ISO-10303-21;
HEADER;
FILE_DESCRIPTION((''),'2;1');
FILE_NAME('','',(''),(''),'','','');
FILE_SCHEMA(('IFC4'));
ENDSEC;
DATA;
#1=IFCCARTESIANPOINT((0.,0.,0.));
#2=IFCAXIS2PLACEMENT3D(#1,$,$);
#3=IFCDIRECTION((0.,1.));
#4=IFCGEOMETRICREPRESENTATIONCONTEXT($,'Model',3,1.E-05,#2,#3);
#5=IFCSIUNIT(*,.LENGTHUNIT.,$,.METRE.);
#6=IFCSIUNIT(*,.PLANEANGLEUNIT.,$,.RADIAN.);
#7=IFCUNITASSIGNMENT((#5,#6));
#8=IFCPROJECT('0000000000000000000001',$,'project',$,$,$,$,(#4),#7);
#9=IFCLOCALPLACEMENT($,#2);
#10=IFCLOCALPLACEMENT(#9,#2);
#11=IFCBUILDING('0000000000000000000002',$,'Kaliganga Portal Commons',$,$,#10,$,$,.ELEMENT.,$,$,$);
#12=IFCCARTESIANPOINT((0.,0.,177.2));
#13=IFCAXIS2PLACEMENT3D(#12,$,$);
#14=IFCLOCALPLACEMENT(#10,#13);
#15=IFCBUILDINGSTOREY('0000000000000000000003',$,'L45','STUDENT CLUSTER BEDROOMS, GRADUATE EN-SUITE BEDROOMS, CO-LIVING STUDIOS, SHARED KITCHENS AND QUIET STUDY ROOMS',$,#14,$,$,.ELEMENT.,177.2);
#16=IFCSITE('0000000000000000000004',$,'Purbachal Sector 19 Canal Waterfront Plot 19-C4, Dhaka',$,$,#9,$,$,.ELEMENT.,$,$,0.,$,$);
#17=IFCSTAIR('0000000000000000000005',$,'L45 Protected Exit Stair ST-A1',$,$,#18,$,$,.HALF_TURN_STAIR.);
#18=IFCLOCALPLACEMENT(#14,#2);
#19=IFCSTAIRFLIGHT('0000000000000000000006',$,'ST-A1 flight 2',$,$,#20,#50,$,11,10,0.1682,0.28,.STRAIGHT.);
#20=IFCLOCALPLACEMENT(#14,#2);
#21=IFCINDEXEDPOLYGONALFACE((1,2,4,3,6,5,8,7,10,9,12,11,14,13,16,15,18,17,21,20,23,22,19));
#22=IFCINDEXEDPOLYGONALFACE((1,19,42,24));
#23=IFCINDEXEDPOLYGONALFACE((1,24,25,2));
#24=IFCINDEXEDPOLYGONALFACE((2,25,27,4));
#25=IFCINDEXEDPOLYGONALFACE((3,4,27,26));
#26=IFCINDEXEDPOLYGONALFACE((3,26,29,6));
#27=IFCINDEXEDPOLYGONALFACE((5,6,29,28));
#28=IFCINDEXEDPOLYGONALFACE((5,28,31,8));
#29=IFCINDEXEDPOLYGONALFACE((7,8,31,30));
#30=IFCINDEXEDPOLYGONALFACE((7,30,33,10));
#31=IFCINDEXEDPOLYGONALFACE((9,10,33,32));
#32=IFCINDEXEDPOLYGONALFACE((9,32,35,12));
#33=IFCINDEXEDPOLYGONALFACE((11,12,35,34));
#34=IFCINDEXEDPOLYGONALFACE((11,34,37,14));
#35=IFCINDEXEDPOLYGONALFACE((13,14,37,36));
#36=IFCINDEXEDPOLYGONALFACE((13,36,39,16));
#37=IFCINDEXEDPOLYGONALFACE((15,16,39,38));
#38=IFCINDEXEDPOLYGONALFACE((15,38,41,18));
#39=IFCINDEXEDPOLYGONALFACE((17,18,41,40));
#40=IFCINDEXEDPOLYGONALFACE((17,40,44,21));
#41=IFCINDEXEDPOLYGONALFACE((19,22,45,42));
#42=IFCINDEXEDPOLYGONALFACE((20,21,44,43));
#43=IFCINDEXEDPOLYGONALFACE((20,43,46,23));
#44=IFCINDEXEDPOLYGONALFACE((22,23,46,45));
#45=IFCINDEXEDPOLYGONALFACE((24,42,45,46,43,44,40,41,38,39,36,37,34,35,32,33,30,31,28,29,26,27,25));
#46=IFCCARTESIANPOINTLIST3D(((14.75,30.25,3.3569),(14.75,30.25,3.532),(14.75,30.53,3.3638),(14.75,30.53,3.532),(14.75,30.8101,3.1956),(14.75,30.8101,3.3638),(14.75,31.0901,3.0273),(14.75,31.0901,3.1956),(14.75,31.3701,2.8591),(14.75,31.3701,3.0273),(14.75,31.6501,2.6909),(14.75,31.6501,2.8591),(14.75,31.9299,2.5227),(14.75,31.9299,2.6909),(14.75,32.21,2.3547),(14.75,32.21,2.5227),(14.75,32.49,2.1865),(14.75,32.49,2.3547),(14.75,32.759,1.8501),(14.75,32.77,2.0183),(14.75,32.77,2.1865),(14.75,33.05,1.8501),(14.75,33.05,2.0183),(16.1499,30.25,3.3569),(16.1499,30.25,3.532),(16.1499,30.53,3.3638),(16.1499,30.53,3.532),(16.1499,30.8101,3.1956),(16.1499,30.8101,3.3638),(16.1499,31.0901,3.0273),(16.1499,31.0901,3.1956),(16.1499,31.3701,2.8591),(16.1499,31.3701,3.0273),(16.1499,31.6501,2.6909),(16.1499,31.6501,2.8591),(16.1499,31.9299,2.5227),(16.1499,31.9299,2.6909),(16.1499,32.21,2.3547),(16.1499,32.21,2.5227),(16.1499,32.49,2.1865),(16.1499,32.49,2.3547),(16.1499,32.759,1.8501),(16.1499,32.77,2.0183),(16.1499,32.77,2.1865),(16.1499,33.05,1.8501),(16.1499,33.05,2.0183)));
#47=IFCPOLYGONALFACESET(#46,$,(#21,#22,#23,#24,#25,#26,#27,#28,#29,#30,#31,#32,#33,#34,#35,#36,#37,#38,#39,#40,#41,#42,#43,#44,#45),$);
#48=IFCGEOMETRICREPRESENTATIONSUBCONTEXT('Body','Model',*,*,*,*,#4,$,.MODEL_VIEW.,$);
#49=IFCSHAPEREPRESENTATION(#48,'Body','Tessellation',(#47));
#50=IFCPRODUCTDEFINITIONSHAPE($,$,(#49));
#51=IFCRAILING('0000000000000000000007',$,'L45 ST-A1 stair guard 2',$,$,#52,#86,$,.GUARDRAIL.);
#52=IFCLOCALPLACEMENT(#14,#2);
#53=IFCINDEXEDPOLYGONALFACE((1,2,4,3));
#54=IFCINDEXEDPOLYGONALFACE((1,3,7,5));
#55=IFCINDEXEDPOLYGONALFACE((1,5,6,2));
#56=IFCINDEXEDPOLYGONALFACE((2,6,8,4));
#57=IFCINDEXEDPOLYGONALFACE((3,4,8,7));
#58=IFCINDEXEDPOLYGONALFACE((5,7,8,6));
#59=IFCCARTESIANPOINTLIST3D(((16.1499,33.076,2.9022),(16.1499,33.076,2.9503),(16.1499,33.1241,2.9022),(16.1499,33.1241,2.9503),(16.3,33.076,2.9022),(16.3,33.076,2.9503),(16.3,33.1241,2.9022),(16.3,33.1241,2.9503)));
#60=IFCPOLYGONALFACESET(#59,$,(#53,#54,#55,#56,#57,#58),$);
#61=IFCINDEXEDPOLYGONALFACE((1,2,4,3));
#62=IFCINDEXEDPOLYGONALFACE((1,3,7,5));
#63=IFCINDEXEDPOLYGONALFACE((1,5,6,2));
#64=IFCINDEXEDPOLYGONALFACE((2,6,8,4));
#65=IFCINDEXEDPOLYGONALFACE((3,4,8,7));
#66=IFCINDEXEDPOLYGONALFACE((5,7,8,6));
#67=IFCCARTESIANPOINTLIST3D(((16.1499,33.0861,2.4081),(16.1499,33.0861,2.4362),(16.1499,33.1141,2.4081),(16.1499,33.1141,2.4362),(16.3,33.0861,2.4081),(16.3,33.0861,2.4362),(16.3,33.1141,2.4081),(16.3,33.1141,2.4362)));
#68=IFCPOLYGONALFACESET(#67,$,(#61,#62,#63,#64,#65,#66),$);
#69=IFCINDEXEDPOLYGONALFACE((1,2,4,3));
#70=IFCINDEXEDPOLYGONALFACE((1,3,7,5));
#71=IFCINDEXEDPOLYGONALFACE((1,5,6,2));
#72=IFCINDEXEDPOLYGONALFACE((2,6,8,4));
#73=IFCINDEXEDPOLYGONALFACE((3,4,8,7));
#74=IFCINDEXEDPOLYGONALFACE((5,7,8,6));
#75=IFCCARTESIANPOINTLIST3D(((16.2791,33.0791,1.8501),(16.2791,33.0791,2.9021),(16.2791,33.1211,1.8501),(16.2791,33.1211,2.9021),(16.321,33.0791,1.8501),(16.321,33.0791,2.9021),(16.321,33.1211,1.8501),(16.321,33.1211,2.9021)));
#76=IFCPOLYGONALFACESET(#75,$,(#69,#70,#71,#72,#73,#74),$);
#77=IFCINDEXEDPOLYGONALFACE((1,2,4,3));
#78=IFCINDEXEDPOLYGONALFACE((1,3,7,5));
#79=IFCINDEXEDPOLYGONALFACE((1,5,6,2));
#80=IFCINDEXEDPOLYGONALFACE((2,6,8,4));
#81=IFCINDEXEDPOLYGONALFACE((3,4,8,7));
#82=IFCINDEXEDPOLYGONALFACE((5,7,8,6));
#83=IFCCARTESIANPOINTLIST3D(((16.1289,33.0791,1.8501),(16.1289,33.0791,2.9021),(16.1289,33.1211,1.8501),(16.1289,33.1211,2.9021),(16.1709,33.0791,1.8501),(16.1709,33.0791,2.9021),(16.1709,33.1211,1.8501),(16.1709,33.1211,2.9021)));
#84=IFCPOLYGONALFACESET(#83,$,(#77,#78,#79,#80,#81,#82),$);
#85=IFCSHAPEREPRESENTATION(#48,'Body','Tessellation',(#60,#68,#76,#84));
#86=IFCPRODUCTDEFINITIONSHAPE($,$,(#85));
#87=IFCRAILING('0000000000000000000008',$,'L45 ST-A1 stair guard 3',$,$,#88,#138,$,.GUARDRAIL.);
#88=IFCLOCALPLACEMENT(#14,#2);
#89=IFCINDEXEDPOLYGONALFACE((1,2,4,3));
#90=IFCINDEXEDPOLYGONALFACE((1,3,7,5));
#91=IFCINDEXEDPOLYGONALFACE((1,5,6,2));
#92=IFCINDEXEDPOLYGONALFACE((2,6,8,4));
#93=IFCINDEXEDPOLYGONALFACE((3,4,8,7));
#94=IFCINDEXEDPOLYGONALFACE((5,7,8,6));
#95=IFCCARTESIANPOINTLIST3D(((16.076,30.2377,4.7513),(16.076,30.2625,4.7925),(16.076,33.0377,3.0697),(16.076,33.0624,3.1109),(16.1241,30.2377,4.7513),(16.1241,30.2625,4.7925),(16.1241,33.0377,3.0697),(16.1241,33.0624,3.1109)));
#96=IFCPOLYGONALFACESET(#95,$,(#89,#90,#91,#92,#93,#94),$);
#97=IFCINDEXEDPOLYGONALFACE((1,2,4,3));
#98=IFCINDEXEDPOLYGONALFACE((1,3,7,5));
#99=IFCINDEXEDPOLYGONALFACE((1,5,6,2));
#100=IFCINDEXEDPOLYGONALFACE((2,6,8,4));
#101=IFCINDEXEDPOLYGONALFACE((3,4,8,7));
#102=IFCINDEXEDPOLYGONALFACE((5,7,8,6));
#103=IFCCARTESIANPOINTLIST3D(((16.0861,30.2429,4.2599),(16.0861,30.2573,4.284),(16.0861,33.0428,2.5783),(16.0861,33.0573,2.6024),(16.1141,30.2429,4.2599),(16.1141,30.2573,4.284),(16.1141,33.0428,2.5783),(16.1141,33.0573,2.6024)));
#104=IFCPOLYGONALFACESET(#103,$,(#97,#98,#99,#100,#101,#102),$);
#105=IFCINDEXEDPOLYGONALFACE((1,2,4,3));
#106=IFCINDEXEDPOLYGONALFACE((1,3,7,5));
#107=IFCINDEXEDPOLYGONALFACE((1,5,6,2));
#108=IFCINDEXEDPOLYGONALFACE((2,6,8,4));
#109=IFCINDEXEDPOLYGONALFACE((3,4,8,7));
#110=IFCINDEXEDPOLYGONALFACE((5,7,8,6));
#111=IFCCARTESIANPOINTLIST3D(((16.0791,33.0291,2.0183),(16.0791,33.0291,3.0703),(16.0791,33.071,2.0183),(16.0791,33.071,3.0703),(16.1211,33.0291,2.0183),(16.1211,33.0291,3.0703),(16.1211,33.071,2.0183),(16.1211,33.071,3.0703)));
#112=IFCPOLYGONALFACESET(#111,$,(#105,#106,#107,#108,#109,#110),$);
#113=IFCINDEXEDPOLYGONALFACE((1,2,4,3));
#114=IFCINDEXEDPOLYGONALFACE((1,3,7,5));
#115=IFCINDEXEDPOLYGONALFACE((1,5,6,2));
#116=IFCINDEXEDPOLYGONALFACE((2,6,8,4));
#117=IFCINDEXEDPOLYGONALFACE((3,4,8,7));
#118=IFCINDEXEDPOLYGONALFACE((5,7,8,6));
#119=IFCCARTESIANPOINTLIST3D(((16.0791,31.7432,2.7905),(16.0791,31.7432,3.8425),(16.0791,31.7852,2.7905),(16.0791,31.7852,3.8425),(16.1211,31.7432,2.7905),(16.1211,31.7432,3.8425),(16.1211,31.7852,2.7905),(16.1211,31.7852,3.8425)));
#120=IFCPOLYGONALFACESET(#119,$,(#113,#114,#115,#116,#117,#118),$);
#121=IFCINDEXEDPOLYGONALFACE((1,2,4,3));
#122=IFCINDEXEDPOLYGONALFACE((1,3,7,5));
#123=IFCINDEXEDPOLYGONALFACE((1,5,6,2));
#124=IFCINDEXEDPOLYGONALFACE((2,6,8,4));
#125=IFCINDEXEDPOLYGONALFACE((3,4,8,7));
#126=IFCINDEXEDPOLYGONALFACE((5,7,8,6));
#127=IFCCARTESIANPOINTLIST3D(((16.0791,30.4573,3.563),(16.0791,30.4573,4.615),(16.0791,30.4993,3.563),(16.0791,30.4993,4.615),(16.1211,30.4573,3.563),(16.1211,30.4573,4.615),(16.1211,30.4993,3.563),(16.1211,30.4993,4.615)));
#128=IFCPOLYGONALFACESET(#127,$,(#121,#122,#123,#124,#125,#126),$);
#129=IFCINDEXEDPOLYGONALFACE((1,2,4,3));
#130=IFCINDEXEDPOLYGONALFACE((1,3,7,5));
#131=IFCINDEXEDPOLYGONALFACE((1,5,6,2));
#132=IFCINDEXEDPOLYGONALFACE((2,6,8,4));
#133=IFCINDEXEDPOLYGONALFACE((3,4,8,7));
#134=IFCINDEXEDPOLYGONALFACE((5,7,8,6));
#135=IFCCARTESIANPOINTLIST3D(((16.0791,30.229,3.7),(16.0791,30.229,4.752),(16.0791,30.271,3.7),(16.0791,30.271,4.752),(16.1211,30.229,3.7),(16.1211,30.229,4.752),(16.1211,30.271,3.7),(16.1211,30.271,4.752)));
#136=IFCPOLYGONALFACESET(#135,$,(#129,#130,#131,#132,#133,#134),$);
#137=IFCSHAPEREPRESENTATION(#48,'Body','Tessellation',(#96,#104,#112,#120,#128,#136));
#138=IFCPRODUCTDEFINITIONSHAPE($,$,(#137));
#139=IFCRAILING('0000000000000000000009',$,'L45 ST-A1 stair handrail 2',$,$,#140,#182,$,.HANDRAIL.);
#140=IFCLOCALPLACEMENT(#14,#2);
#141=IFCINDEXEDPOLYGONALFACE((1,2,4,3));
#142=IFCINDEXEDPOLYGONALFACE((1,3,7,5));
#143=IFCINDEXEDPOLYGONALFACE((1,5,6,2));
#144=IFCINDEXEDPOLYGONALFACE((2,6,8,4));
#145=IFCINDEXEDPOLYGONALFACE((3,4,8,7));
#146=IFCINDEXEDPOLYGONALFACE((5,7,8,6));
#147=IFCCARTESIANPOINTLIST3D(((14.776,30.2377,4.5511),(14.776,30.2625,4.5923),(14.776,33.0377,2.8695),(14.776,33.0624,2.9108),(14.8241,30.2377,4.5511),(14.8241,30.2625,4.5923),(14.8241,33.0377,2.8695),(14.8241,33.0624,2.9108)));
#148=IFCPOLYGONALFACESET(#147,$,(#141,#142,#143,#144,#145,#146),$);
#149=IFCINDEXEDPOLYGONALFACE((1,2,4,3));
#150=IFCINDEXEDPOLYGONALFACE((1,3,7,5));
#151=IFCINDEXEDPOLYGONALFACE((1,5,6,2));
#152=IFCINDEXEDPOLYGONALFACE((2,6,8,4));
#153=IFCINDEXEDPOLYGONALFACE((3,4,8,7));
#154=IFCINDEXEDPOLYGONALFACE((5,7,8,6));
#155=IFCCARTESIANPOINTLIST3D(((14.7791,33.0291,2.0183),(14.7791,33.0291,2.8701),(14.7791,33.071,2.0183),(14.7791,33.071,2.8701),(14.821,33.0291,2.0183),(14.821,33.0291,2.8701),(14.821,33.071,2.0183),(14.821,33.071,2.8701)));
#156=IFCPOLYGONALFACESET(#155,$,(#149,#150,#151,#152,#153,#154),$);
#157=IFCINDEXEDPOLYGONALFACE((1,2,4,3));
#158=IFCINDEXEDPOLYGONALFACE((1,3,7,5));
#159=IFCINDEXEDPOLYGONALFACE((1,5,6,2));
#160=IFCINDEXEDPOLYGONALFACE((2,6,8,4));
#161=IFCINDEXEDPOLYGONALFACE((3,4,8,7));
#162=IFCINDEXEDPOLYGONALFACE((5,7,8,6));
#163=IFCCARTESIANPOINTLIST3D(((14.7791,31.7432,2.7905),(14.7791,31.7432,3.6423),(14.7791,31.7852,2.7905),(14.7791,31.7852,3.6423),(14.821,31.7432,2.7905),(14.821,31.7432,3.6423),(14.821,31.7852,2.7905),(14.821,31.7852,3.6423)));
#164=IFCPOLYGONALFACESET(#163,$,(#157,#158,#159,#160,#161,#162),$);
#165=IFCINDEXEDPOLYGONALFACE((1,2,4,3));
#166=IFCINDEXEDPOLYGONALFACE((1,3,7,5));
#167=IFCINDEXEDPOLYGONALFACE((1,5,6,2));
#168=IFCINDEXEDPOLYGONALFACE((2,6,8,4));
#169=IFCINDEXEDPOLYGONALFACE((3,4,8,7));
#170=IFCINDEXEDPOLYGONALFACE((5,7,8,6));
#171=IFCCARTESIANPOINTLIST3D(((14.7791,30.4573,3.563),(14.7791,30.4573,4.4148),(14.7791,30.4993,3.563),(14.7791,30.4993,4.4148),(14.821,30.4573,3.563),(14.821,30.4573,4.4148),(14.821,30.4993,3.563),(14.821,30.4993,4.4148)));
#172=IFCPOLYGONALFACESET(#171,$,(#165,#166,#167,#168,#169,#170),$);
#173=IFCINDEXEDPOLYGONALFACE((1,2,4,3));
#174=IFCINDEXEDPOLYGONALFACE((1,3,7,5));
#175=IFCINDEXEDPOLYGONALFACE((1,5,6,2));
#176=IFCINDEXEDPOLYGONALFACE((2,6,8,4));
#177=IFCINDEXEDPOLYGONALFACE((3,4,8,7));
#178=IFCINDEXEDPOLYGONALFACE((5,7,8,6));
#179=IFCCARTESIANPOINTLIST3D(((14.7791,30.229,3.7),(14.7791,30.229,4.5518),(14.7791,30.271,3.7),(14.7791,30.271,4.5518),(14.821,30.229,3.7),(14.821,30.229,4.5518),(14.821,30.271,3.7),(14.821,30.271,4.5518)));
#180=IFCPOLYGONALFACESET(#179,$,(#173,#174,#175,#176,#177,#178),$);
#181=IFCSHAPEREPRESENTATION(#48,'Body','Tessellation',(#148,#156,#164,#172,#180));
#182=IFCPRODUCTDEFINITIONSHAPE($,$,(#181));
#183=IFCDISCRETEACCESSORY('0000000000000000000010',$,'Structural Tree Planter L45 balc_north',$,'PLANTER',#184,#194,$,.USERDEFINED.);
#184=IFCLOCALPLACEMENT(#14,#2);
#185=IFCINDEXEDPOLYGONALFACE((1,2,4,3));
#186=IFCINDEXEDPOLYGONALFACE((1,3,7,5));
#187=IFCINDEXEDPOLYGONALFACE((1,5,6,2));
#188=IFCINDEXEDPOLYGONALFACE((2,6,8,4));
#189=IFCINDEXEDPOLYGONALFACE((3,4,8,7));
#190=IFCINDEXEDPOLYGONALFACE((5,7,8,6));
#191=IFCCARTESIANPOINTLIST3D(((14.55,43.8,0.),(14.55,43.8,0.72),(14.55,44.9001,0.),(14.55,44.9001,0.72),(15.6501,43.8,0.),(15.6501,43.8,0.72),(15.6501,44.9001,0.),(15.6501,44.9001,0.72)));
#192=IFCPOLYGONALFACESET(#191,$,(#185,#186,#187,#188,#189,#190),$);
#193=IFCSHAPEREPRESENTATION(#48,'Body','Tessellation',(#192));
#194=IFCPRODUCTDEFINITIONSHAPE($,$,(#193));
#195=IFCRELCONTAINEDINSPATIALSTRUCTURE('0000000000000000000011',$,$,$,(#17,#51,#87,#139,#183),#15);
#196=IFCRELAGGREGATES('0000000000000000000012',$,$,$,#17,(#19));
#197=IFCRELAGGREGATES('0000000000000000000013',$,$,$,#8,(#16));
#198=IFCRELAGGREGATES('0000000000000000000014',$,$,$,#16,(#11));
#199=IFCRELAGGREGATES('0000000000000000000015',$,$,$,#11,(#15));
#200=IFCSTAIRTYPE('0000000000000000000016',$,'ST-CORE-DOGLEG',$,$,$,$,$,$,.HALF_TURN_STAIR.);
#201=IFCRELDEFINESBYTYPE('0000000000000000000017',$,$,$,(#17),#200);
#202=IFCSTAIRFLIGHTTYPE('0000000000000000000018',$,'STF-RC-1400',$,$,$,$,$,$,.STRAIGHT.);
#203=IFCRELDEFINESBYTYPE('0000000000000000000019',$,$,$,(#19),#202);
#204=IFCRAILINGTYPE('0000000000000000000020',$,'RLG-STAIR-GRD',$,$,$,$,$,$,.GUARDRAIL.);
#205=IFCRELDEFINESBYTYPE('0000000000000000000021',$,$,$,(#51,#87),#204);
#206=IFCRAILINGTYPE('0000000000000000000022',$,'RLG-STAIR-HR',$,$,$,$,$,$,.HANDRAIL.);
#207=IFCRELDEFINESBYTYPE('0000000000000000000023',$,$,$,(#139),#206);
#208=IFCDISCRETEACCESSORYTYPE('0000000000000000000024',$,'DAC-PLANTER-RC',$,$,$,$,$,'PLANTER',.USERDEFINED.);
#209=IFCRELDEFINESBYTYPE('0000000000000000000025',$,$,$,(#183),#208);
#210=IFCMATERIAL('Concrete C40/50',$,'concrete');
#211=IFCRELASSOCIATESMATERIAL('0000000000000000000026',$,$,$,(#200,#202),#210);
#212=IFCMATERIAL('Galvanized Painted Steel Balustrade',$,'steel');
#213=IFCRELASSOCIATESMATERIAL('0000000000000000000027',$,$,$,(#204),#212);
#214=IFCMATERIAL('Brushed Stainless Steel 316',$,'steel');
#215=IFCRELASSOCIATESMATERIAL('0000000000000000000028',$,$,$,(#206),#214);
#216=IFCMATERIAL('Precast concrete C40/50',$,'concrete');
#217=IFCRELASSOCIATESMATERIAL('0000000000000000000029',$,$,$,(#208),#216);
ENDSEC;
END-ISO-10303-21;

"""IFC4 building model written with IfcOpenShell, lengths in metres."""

from ifc_helpers import new_model, si_unit, direction, frame, origin, origin_2d, place, context, subcontext, project, spatial, polyline, rectangle, outline, extrude, source, transform, mapped, material, type_object, element, aggregate, save


model = new_model("IFC4")

# Units and contexts
model_context = context("Model", 3, precision=1e-05, world=origin(), true_north=direction((0.0, 1.0)))
body_context = subcontext(model_context, "Body", "Model", "MODEL_VIEW")
ifc_project = project(units=[si_unit("LENGTHUNIT", "METRE"), si_unit("PLANEANGLEUNIT", "RADIAN")], contexts=[model_context])

# Site, building, storey
site_placement = place(None, origin())
site = spatial("IfcSite", under=ifc_project, at=site_placement, Name="Purbachal Sector 19 Canal Waterfront Plot 19-C4, Dhaka", CompositionType="ELEMENT", RefElevation=0.0)
building_placement = place(site_placement, origin())
building = spatial("IfcBuilding", under=site, at=building_placement, Name="Kaliganga Portal Commons", CompositionType="ELEMENT")
storey_placement = place(building_placement, frame((0.0, 0.0, 177.2)))
storey = spatial("IfcBuildingStorey", under=building, at=storey_placement, Name="L45", Description="STUDENT CLUSTER BEDROOMS, GRADUATE EN-SUITE BEDROOMS, CO-LIVING STUDIOS, SHARED KITCHENS AND QUIET STUDY ROOMS", CompositionType="ELEMENT", Elevation=177.2)

# Stair, stair flight
ifc_material_1 = material(Name="Concrete C40/50", Category="concrete")
stair_type = type_object("IfcStairType", Name="ST-CORE-DOGLEG", PredefinedType="HALF_TURN_STAIR", material=ifc_material_1)
stair_placement = place(storey_placement, origin())
stair = element("IfcStair", 1, at=stair_placement, inside=storey, type_object=stair_type, Name="L45 Protected Exit Stair ST-A1", PredefinedType="HALF_TURN_STAIR")
stair_flight_type = type_object("IfcStairFlightType", Name="STF-RC-1400", PredefinedType="STRAIGHT", material=ifc_material_1)
stair_flight_placement = place(storey_placement, frame((15.45, 33.05, 1.8501), z_axis=(0.0, 0.0, 1.0), x_axis=(0.0, -1.0, 0.0)))
stair_flight = element("IfcStairFlight", 2, at=stair_flight_placement, type_object=stair_flight_type, Name="ST-A1 flight 2", NumberOfRisers=11, NumberOfTreads=10, PredefinedType="STRAIGHT", RiserHeight=0.1682, TreadLength=0.28, context=body_context, shape_type="SweptSolid", body=[
    extrude(outline(polyline([(0.0, 0.0), (0.0, 0.1682), (0.28, 0.1682), (0.28, 0.3364), (0.5601, 0.3364), (0.5601, 0.5046), (0.8401, 0.5046), (0.8401, 0.6726), (1.1201, 0.6726), (1.1201, 0.8408), (1.3999, 0.8408), (1.3999, 1.009), (1.6799, 1.009), (1.6799, 1.1772), (1.96, 1.1772), (1.96, 1.3455), (2.24, 1.3455), (2.24, 1.5137), (2.52, 1.5137), (2.52, 1.6819), (2.8, 1.6819), (2.8, 1.8501), (2.8, 1.5068), (0.291, 0.0), (0.0, 0.0)])), frame((0.0, 0.7, 0.0), z_axis=(0.0, -1.0, 0.0), x_axis=(1.0, 0.0, 0.0)), (0.0, 0.0, 1.0), 1.3999),
])
aggregate(stair, [stair_flight])

# Railings
ifc_material_2 = material(Name="Galvanized Painted Steel Balustrade", Category="steel")
railing_type_1 = type_object("IfcRailingType", Name="RLG-STAIR-GRD", PredefinedType="GUARDRAIL", material=ifc_material_2)
railing_1_placement = place(storey_placement, frame((16.3, 33.1001, 1.8501)))
element("IfcRailing", 3, at=railing_1_placement, inside=storey, type_object=railing_type_1, Name="L45 ST-A1 stair guard 2", PredefinedType="GUARDRAIL", context=body_context, shape_type="SweptSolid", body=[
    extrude(rectangle(XDim=0.0481, YDim=0.0481, at=origin_2d()), frame((0.0, 0.0, 1.0762), z_axis=(-1.0, 0.0, 0.0), x_axis=(0.0, -1.0, 0.0)), (0.0, 0.0, 1.0), 0.1501),
    extrude(rectangle(XDim=0.0281, YDim=0.0281, at=origin_2d()), frame((0.0, 0.0, 0.572), z_axis=(-1.0, 0.0, 0.0), x_axis=(0.0, -1.0, 0.0)), (0.0, 0.0, 1.0), 0.1501),
    extrude(rectangle(XDim=0.042, YDim=0.042, at=origin_2d()), origin(), (0.0, 0.0, 1.0), 1.052),
    extrude(rectangle(XDim=0.042, YDim=0.042, at=origin_2d()), frame((-0.1501, 0.0, 0.0)), (0.0, 0.0, 1.0), 1.052),
])
railing_2_placement = place(storey_placement, frame((16.1001, 33.05, 2.0183)))
element("IfcRailing", 4, at=railing_2_placement, inside=storey, type_object=railing_type_1, Name="L45 ST-A1 stair guard 3", PredefinedType="GUARDRAIL", context=body_context, shape_type="SweptSolid", body=[
    extrude(rectangle(XDim=0.0481, YDim=0.0481, at=origin_2d()), frame((0.0, 0.0, 1.072), z_axis=(0.0, -0.857275, 0.514858), x_axis=(1.0, 0.0, 0.0)), (0.0, 0.0, 1.0), 3.2661),
    extrude(rectangle(XDim=0.0281, YDim=0.0281, at=origin_2d()), frame((0.0, 0.0, 0.572), z_axis=(0.0, -0.857275, 0.514858), x_axis=(1.0, 0.0, 0.0)), (0.0, 0.0, 1.0), 3.2661),
    extrude(rectangle(XDim=0.042, YDim=0.042, at=origin_2d()), origin(), (0.0, 0.0, 1.0), 1.052),
    extrude(rectangle(XDim=0.042, YDim=0.042, at=origin_2d()), frame((0.0, -1.2859, 0.7722)), (0.0, 0.0, 1.0), 1.052),
    extrude(rectangle(XDim=0.042, YDim=0.042, at=origin_2d()), frame((0.0, -2.5718, 1.5447)), (0.0, 0.0, 1.0), 1.052),
    extrude(rectangle(XDim=0.042, YDim=0.042, at=origin_2d()), frame((0.0, -2.8, 1.6816)), (0.0, 0.0, 1.0), 1.052),
])
ifc_material_3 = material(Name="Brushed Stainless Steel 316", Category="steel")
railing_type_2 = type_object("IfcRailingType", Name="RLG-STAIR-HR", PredefinedType="HANDRAIL", material=ifc_material_3)
railing_3_placement = place(storey_placement, frame((14.8, 33.05, 2.0183)))
element("IfcRailing", 5, at=railing_3_placement, inside=storey, type_object=railing_type_2, Name="L45 ST-A1 stair handrail 2", PredefinedType="HANDRAIL", context=body_context, shape_type="SweptSolid", body=[
    extrude(rectangle(XDim=0.0481, YDim=0.0481, at=origin_2d()), frame((0.0, 0.0, 0.8718), z_axis=(0.0, -0.857275, 0.514858), x_axis=(1.0, 0.0, 0.0)), (0.0, 0.0, 1.0), 3.2661),
    extrude(rectangle(XDim=0.042, YDim=0.042, at=origin_2d()), origin(), (0.0, 0.0, 1.0), 0.8518),
    extrude(rectangle(XDim=0.042, YDim=0.042, at=origin_2d()), frame((0.0, -1.2859, 0.7722)), (0.0, 0.0, 1.0), 0.8518),
    extrude(rectangle(XDim=0.042, YDim=0.042, at=origin_2d()), frame((0.0, -2.5718, 1.5447)), (0.0, 0.0, 1.0), 0.8518),
    extrude(rectangle(XDim=0.042, YDim=0.042, at=origin_2d()), frame((0.0, -2.8, 1.6816)), (0.0, 0.0, 1.0), 0.8518),
])

# Discrete accessory
ifc_material_4 = material(Name="Precast concrete C40/50", Category="concrete")
discrete_accessory_type = type_object("IfcDiscreteAccessoryType", Name="DAC-PLANTER-RC", ElementType="PLANTER", PredefinedType="USERDEFINED", material=ifc_material_4)
shared_shape_1 = source(origin(), body_context, "Body", "SweptSolid", [
    extrude(rectangle(XDim=1.1001, YDim=1.1001, at=origin_2d()), origin(), (0.0, 0.0, 1.0), 0.72),
])
discrete_accessory_placement = place(storey_placement, frame((15.1001, 44.3501, 0.0), z_axis=(0.0, 0.0, 1.0), x_axis=(1.0, 0.0, 0.0)))
element("IfcDiscreteAccessory", 6, at=discrete_accessory_placement, inside=storey, type_object=discrete_accessory_type, Name="Structural Tree Planter L45 balc_north", ObjectType="PLANTER", PredefinedType="USERDEFINED", context=body_context, shape_type="MappedRepresentation", body=[
    mapped(shared_shape_1, transform((0.0, 0.0, 0.0), x_axis=(1.0, 0.0, 0.0), y_axis=(0.0, 1.0, 0.0), z_axis=(0.0, 0.0, 1.0), scale=1.0)),
])

save(model, "model.ifc")
